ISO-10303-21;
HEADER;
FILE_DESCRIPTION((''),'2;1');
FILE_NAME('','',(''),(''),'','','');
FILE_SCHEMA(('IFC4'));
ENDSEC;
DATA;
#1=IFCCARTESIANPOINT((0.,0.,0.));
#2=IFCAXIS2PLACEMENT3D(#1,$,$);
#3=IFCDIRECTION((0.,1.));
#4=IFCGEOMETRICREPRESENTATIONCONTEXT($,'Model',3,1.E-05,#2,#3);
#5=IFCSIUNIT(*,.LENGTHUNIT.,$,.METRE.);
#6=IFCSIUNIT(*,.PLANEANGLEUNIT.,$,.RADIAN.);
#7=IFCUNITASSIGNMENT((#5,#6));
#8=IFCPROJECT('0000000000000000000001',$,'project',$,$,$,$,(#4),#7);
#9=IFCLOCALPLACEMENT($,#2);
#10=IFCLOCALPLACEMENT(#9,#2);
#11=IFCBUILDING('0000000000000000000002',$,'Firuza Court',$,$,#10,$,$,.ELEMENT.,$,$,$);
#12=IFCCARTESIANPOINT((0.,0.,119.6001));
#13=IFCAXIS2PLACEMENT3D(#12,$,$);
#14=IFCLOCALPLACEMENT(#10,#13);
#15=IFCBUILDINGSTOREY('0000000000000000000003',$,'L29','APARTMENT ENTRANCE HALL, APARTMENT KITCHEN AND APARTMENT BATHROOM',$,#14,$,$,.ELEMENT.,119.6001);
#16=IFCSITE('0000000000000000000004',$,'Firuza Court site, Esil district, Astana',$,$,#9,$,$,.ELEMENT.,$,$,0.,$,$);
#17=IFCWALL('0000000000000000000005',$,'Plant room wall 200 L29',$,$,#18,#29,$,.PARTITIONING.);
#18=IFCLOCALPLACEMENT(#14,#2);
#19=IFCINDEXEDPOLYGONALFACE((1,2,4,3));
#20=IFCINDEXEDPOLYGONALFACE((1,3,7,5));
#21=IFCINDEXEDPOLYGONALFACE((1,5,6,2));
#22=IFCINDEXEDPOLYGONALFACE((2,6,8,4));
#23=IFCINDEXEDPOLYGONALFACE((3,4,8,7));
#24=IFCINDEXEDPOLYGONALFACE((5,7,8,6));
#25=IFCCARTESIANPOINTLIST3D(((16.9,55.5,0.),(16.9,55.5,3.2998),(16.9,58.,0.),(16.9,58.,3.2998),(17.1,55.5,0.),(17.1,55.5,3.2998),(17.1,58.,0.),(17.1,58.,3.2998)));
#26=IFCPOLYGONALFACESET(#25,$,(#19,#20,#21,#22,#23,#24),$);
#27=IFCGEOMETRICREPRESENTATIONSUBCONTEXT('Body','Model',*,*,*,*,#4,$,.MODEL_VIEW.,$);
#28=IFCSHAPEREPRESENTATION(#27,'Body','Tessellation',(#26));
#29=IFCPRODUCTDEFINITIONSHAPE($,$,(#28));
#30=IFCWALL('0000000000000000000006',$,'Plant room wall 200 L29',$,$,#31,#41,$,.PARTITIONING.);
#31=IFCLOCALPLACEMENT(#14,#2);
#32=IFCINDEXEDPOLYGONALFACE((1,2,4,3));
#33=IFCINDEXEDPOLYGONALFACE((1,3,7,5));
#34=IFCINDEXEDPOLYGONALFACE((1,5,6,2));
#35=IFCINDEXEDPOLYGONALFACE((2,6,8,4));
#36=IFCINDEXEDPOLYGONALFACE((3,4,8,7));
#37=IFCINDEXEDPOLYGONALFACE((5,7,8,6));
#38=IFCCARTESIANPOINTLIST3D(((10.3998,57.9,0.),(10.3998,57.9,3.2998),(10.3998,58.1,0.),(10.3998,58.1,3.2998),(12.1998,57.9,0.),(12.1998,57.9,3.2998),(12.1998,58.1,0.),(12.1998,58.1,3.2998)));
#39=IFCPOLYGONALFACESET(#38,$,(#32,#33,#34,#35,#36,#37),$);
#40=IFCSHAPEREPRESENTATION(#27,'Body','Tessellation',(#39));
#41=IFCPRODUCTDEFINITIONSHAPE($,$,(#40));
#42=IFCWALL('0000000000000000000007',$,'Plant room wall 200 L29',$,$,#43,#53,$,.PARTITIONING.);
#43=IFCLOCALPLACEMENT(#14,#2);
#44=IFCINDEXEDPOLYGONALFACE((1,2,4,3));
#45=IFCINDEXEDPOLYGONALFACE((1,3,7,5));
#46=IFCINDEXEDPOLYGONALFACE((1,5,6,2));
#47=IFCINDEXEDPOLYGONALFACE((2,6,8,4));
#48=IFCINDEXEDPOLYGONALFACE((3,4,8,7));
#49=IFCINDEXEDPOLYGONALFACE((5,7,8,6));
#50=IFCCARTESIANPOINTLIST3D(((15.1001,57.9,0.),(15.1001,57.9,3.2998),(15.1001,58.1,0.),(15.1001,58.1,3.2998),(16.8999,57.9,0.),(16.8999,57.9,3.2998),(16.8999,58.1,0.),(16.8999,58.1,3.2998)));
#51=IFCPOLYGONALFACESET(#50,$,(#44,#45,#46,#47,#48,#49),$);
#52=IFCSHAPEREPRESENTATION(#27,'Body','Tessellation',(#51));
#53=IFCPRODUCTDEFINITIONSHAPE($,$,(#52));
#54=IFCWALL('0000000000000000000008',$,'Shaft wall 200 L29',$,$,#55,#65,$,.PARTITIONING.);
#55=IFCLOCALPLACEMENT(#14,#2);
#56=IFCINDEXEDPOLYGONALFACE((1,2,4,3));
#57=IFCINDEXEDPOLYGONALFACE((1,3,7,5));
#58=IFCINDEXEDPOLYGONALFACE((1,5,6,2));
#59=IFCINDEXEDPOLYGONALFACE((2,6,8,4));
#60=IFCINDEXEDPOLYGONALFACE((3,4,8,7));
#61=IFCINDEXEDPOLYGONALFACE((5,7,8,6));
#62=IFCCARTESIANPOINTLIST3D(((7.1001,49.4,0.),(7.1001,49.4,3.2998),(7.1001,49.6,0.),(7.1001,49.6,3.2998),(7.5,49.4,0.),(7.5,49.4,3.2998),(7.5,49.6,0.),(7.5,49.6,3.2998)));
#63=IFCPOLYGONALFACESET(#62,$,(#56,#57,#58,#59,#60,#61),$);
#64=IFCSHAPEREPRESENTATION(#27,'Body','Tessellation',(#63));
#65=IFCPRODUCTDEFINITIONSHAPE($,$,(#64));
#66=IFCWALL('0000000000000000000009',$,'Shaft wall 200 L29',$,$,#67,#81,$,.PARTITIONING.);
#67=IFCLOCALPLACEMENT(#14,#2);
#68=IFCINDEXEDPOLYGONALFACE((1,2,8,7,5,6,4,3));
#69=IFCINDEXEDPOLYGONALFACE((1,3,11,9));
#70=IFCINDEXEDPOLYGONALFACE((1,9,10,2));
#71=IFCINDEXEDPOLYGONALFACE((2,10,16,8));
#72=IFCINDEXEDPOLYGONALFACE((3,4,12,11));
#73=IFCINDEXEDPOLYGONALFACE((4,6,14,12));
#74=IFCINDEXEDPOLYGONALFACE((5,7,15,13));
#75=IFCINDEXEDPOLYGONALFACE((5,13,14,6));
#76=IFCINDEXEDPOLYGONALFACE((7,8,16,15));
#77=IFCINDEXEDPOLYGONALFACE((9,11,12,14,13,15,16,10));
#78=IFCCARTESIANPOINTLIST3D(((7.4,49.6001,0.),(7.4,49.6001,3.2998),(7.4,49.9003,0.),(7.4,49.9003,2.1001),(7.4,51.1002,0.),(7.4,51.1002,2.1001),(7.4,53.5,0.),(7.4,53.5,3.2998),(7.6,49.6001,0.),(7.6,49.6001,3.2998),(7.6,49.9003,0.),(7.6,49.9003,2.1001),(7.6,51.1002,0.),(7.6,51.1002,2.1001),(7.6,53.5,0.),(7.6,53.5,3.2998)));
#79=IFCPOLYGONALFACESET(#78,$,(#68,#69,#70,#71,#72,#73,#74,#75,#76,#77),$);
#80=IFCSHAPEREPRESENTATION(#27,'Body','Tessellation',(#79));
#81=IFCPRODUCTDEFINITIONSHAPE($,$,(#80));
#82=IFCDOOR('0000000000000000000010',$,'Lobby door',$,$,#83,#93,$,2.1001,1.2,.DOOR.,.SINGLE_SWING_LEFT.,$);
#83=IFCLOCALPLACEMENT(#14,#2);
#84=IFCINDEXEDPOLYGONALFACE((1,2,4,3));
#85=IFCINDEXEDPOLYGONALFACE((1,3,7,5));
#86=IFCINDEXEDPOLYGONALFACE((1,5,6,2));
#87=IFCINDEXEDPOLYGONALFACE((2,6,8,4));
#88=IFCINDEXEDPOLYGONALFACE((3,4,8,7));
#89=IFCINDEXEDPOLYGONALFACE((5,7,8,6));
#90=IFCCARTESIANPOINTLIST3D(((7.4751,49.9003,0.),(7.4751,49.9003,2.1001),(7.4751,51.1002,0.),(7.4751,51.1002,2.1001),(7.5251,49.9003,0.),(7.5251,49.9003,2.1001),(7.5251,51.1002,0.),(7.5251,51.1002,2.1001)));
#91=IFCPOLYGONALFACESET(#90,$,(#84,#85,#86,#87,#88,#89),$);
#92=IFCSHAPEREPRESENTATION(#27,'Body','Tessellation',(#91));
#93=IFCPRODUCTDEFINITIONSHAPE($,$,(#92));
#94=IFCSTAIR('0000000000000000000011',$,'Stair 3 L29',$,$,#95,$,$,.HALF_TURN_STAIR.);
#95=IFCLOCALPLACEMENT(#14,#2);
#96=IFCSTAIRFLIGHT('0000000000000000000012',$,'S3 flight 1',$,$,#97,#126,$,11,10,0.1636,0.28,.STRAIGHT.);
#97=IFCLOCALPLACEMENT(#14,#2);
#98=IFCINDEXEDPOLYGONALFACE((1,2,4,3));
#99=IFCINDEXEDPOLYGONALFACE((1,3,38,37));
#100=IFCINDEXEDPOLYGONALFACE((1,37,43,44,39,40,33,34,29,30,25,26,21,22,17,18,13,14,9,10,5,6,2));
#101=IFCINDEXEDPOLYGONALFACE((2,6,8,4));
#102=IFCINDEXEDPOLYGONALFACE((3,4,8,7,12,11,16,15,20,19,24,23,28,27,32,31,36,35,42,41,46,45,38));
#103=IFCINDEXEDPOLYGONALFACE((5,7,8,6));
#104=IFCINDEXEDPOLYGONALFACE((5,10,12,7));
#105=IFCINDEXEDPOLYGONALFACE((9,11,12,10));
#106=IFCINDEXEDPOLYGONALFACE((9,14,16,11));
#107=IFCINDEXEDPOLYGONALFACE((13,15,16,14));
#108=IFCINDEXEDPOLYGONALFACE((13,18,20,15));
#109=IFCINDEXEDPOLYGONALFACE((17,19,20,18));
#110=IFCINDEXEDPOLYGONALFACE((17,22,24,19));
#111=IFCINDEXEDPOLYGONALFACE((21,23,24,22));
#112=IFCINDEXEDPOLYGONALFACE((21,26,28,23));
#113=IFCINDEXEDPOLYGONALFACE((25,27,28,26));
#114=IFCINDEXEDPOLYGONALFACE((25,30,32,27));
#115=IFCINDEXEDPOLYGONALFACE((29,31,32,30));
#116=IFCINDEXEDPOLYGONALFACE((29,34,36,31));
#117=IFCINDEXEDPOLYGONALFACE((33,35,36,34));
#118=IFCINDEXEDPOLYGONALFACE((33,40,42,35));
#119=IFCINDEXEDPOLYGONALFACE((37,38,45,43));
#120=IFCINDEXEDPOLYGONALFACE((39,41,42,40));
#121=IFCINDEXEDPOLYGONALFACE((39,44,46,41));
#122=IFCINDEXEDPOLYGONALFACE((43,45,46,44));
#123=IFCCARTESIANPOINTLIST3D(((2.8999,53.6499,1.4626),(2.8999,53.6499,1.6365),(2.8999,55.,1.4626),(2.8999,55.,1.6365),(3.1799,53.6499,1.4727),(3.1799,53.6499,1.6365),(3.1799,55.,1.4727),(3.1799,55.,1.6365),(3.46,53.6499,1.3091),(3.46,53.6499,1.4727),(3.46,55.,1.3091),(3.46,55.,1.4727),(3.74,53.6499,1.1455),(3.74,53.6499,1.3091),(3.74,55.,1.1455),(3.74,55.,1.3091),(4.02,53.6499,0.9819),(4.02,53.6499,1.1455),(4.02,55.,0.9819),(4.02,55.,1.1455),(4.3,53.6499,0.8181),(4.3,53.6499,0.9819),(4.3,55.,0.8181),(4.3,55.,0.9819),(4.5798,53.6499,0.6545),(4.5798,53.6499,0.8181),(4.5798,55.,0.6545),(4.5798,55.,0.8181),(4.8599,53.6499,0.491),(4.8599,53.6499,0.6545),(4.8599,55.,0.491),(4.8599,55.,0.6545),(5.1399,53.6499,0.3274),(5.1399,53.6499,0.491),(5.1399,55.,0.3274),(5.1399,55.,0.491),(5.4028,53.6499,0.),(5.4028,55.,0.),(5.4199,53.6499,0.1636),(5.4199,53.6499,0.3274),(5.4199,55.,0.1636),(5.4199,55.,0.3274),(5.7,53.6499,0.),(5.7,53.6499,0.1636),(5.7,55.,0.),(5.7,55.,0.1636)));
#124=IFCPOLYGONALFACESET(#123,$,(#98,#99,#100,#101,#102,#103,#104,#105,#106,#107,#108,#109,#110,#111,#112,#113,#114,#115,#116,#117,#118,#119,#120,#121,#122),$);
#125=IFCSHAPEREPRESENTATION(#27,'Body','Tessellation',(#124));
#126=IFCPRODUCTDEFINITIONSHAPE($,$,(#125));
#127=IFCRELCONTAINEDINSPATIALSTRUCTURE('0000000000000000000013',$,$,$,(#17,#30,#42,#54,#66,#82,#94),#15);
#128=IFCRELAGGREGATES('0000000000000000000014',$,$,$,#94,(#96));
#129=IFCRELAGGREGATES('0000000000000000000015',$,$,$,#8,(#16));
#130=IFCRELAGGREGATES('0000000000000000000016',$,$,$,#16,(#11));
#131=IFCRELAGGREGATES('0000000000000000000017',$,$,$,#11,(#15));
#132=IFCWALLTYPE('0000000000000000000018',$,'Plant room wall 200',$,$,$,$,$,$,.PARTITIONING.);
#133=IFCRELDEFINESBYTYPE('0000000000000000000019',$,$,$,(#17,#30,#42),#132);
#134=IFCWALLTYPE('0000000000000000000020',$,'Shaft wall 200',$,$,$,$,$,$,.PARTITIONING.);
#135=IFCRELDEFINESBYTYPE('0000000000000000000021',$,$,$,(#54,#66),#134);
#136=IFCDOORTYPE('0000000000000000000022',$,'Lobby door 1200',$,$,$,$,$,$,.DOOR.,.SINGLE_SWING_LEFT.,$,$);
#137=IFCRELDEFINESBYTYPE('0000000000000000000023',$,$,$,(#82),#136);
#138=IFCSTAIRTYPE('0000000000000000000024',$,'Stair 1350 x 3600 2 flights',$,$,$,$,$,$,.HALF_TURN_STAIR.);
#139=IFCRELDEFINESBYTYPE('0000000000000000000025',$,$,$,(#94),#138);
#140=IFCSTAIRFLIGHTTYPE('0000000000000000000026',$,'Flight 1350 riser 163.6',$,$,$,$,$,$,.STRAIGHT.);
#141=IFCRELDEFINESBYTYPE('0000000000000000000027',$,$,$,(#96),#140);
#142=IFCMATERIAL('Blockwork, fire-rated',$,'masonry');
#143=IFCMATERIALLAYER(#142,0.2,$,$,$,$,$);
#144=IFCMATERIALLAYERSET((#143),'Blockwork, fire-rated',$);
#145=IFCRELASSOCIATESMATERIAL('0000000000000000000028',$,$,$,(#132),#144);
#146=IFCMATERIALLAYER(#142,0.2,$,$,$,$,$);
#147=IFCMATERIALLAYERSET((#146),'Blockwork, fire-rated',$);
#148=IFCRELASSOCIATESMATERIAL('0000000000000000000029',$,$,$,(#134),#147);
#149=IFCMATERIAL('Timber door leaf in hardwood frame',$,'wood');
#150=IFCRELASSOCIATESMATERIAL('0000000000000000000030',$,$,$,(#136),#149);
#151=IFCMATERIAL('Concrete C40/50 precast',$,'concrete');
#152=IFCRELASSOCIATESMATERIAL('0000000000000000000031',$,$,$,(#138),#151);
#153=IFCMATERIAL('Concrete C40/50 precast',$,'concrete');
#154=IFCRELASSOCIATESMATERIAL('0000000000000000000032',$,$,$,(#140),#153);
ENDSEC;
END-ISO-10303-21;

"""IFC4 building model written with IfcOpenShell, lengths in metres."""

from ifc_helpers import new_model, si_unit, direction, frame, frame_2d, origin, place, context, subcontext, project, spatial, polyline, rectangle, outline, extrude, material, layer, layer_set, type_object, element, fill, aggregate, save


model = new_model("IFC4")

# Units and contexts
model_context = context("Model", 3, precision=1e-05, world=origin(), true_north=direction((0.0, 1.0)))
body_context = subcontext(model_context, "Body", "Model", "MODEL_VIEW")
ifc_project = project(units=[si_unit("LENGTHUNIT", "METRE"), si_unit("PLANEANGLEUNIT", "RADIAN")], contexts=[model_context])

# Site, building, storey
site_placement = place(None, origin())
site = spatial("IfcSite", under=ifc_project, at=site_placement, Name="Firuza Court site, Esil district, Astana", CompositionType="ELEMENT", RefElevation=0.0)
building_placement = place(site_placement, origin())
building = spatial("IfcBuilding", under=site, at=building_placement, Name="Firuza Court", CompositionType="ELEMENT")
storey_placement = place(building_placement, frame((0.0, 0.0, 119.6001)))
storey = spatial("IfcBuildingStorey", under=building, at=storey_placement, Name="L29", Description="APARTMENT ENTRANCE HALL, APARTMENT KITCHEN AND APARTMENT BATHROOM", CompositionType="ELEMENT", Elevation=119.6001)

# Shared definitions
ifc_material_1 = material(Name="Blockwork, fire-rated", Category="masonry")
ifc_layer_1 = layer(ifc_material_1, 0.2)
ifc_layer_set_1 = layer_set([ifc_layer_1], Name="Blockwork, fire-rated")
wall_type_1 = type_object("IfcWallType", Name="Plant room wall 200", PredefinedType="PARTITIONING", material=ifc_layer_set_1)

# Walls
wall_1_placement = place(storey_placement, frame((17.0, 55.5, 0.0), z_axis=(0.0, 0.0, 1.0), x_axis=(0.0, 1.0, 0.0)))
element("IfcWall", 1, at=wall_1_placement, inside=storey, type_object=wall_type_1, Name="Plant room wall 200 L29", PredefinedType="PARTITIONING", context=body_context, shape_type="SweptSolid", body=[
    extrude(rectangle(XDim=2.5, YDim=0.2, at=frame_2d((1.25, 0.0))), origin(), (0.0, 0.0, 1.0), 3.2998),
])
wall_2_placement = place(storey_placement, frame((10.3999, 58.0, 0.0), z_axis=(0.0, 0.0, 1.0), x_axis=(1.0, 0.0, 0.0)))
element("IfcWall", 2, at=wall_2_placement, inside=storey, type_object=wall_type_1, Name="Plant room wall 200 L29", PredefinedType="PARTITIONING", context=body_context, shape_type="SweptSolid", body=[
    extrude(rectangle(XDim=1.8, YDim=0.2, at=frame_2d((0.8999, 0.0))), origin(), (0.0, 0.0, 1.0), 3.2998),
])
wall_3_placement = place(storey_placement, frame((15.1001, 58.0, 0.0), z_axis=(0.0, 0.0, 1.0), x_axis=(1.0, 0.0, 0.0)))
element("IfcWall", 3, at=wall_3_placement, inside=storey, type_object=wall_type_1, Name="Plant room wall 200 L29", PredefinedType="PARTITIONING", context=body_context, shape_type="SweptSolid", body=[
    extrude(rectangle(XDim=1.7998, YDim=0.2, at=frame_2d((0.8999, 0.0))), origin(), (0.0, 0.0, 1.0), 3.2998),
])
ifc_layer_2 = layer(ifc_material_1, 0.2)
ifc_layer_set_2 = layer_set([ifc_layer_2], Name="Blockwork, fire-rated")
wall_type_2 = type_object("IfcWallType", Name="Shaft wall 200", PredefinedType="PARTITIONING", material=ifc_layer_set_2)
wall_4_placement = place(storey_placement, frame((7.1001, 49.5, 0.0), z_axis=(0.0, 0.0, 1.0), x_axis=(1.0, 0.0, 0.0)))
element("IfcWall", 4, at=wall_4_placement, inside=storey, type_object=wall_type_2, Name="Shaft wall 200 L29", PredefinedType="PARTITIONING", context=body_context, shape_type="SweptSolid", body=[
    extrude(rectangle(XDim=0.3999, YDim=0.2, at=frame_2d((0.2, 0.0))), origin(), (0.0, 0.0, 1.0), 3.2998),
])

# Wall, opening, door
wall_5_placement = place(storey_placement, frame((7.5, 49.6001, 0.0), z_axis=(0.0, 0.0, 1.0), x_axis=(0.0, 1.0, 0.0)))
wall_5 = element("IfcWall", 5, at=wall_5_placement, inside=storey, type_object=wall_type_2, Name="Shaft wall 200 L29", PredefinedType="PARTITIONING", context=body_context, shape_type="SweptSolid", body=[
    extrude(rectangle(XDim=3.8999, YDim=0.2, at=frame_2d((1.95, 0.0))), origin(), (0.0, 0.0, 1.0), 3.2998),
])
opening_1_placement = place(wall_5_placement, frame((0.3, 0.0, 0.0)))
opening_1 = element("IfcOpeningElement", 6, at=opening_1_placement, cuts=wall_5, PredefinedType="OPENING", context=body_context, shape_type="SweptSolid", body=[
    extrude(rectangle(XDim=1.2, YDim=2.1001, at=frame_2d((0.6001, 1.05))), frame((0.0, 0.1118, 0.0), z_axis=(0.0, -1.0, 0.0), x_axis=(1.0, 0.0, 0.0)), (0.0, 0.0, 1.0), 0.2239),
])
ifc_material_2 = material(Name="Timber door leaf in hardwood frame", Category="wood")
door_type_1 = type_object("IfcDoorType", Name="Lobby door 1200", OperationType="SINGLE_SWING_LEFT", PredefinedType="DOOR", material=ifc_material_2)
door_1_placement = place(opening_1_placement, origin())
door_1 = element("IfcDoor", 7, at=door_1_placement, inside=storey, type_object=door_type_1, Name="Lobby door", OperationType="SINGLE_SWING_LEFT", OverallHeight=2.1001, OverallWidth=1.2, PredefinedType="DOOR", context=body_context, shape_type="SweptSolid", body=[
    extrude(rectangle(XDim=1.2, YDim=2.1001, at=frame_2d((0.6001, 1.05))), frame((0.0, 0.0249, 0.0), z_axis=(0.0, -1.0, 0.0), x_axis=(1.0, 0.0, 0.0)), (0.0, 0.0, 1.0), 0.05),
])
fill(opening_1, door_1)

# Stair, stair flight
ifc_material_3 = material(Name="Concrete C40/50 precast", Category="concrete")
stair_type = type_object("IfcStairType", Name="Stair 1350 x 3600 2 flights", PredefinedType="HALF_TURN_STAIR", material=ifc_material_3)
stair_placement = place(storey_placement, origin())
stair = element("IfcStair", 8, at=stair_placement, inside=storey, type_object=stair_type, Name="Stair 3 L29", PredefinedType="HALF_TURN_STAIR")
ifc_material_4 = material(Name="Concrete C40/50 precast", Category="concrete")
stair_flight_type = type_object("IfcStairFlightType", Name="Flight 1350 riser 163.6", PredefinedType="STRAIGHT", material=ifc_material_4)
stair_flight_placement = place(storey_placement, frame((5.7, 54.325, 0.0), z_axis=(0.0, 0.0, 1.0), x_axis=(-1.0, 0.0, 0.0)))
stair_flight = element("IfcStairFlight", 9, at=stair_flight_placement, type_object=stair_flight_type, Name="S3 flight 1", NumberOfRisers=11, NumberOfTreads=10, PredefinedType="STRAIGHT", RiserHeight=0.1636, TreadLength=0.28, context=body_context, shape_type="SweptSolid", body=[
    extrude(outline(polyline([(0.0, 0.0), (0.0, 0.1636), (0.28, 0.1636), (0.28, 0.3274), (0.5601, 0.3274), (0.5601, 0.491), (0.8401, 0.491), (0.8401, 0.6545), (1.1201, 0.6545), (1.1201, 0.8181), (1.3999, 0.8181), (1.3999, 0.9819), (1.6799, 0.9819), (1.6799, 1.1455), (1.96, 1.1455), (1.96, 1.3091), (2.24, 1.3091), (2.24, 1.4727), (2.52, 1.4727), (2.52, 1.6365), (2.8, 1.6365), (2.8, 1.8), (2.8, 1.4626), (0.2971, 0.0), (0.0, 0.0)])), frame((0.0, 0.675, 0.0), z_axis=(0.0, -1.0, 0.0), x_axis=(1.0, 0.0, 0.0)), (0.0, 0.0, 1.0), 1.3501),
])
aggregate(stair, [stair_flight])

save(model, "model.ifc")
